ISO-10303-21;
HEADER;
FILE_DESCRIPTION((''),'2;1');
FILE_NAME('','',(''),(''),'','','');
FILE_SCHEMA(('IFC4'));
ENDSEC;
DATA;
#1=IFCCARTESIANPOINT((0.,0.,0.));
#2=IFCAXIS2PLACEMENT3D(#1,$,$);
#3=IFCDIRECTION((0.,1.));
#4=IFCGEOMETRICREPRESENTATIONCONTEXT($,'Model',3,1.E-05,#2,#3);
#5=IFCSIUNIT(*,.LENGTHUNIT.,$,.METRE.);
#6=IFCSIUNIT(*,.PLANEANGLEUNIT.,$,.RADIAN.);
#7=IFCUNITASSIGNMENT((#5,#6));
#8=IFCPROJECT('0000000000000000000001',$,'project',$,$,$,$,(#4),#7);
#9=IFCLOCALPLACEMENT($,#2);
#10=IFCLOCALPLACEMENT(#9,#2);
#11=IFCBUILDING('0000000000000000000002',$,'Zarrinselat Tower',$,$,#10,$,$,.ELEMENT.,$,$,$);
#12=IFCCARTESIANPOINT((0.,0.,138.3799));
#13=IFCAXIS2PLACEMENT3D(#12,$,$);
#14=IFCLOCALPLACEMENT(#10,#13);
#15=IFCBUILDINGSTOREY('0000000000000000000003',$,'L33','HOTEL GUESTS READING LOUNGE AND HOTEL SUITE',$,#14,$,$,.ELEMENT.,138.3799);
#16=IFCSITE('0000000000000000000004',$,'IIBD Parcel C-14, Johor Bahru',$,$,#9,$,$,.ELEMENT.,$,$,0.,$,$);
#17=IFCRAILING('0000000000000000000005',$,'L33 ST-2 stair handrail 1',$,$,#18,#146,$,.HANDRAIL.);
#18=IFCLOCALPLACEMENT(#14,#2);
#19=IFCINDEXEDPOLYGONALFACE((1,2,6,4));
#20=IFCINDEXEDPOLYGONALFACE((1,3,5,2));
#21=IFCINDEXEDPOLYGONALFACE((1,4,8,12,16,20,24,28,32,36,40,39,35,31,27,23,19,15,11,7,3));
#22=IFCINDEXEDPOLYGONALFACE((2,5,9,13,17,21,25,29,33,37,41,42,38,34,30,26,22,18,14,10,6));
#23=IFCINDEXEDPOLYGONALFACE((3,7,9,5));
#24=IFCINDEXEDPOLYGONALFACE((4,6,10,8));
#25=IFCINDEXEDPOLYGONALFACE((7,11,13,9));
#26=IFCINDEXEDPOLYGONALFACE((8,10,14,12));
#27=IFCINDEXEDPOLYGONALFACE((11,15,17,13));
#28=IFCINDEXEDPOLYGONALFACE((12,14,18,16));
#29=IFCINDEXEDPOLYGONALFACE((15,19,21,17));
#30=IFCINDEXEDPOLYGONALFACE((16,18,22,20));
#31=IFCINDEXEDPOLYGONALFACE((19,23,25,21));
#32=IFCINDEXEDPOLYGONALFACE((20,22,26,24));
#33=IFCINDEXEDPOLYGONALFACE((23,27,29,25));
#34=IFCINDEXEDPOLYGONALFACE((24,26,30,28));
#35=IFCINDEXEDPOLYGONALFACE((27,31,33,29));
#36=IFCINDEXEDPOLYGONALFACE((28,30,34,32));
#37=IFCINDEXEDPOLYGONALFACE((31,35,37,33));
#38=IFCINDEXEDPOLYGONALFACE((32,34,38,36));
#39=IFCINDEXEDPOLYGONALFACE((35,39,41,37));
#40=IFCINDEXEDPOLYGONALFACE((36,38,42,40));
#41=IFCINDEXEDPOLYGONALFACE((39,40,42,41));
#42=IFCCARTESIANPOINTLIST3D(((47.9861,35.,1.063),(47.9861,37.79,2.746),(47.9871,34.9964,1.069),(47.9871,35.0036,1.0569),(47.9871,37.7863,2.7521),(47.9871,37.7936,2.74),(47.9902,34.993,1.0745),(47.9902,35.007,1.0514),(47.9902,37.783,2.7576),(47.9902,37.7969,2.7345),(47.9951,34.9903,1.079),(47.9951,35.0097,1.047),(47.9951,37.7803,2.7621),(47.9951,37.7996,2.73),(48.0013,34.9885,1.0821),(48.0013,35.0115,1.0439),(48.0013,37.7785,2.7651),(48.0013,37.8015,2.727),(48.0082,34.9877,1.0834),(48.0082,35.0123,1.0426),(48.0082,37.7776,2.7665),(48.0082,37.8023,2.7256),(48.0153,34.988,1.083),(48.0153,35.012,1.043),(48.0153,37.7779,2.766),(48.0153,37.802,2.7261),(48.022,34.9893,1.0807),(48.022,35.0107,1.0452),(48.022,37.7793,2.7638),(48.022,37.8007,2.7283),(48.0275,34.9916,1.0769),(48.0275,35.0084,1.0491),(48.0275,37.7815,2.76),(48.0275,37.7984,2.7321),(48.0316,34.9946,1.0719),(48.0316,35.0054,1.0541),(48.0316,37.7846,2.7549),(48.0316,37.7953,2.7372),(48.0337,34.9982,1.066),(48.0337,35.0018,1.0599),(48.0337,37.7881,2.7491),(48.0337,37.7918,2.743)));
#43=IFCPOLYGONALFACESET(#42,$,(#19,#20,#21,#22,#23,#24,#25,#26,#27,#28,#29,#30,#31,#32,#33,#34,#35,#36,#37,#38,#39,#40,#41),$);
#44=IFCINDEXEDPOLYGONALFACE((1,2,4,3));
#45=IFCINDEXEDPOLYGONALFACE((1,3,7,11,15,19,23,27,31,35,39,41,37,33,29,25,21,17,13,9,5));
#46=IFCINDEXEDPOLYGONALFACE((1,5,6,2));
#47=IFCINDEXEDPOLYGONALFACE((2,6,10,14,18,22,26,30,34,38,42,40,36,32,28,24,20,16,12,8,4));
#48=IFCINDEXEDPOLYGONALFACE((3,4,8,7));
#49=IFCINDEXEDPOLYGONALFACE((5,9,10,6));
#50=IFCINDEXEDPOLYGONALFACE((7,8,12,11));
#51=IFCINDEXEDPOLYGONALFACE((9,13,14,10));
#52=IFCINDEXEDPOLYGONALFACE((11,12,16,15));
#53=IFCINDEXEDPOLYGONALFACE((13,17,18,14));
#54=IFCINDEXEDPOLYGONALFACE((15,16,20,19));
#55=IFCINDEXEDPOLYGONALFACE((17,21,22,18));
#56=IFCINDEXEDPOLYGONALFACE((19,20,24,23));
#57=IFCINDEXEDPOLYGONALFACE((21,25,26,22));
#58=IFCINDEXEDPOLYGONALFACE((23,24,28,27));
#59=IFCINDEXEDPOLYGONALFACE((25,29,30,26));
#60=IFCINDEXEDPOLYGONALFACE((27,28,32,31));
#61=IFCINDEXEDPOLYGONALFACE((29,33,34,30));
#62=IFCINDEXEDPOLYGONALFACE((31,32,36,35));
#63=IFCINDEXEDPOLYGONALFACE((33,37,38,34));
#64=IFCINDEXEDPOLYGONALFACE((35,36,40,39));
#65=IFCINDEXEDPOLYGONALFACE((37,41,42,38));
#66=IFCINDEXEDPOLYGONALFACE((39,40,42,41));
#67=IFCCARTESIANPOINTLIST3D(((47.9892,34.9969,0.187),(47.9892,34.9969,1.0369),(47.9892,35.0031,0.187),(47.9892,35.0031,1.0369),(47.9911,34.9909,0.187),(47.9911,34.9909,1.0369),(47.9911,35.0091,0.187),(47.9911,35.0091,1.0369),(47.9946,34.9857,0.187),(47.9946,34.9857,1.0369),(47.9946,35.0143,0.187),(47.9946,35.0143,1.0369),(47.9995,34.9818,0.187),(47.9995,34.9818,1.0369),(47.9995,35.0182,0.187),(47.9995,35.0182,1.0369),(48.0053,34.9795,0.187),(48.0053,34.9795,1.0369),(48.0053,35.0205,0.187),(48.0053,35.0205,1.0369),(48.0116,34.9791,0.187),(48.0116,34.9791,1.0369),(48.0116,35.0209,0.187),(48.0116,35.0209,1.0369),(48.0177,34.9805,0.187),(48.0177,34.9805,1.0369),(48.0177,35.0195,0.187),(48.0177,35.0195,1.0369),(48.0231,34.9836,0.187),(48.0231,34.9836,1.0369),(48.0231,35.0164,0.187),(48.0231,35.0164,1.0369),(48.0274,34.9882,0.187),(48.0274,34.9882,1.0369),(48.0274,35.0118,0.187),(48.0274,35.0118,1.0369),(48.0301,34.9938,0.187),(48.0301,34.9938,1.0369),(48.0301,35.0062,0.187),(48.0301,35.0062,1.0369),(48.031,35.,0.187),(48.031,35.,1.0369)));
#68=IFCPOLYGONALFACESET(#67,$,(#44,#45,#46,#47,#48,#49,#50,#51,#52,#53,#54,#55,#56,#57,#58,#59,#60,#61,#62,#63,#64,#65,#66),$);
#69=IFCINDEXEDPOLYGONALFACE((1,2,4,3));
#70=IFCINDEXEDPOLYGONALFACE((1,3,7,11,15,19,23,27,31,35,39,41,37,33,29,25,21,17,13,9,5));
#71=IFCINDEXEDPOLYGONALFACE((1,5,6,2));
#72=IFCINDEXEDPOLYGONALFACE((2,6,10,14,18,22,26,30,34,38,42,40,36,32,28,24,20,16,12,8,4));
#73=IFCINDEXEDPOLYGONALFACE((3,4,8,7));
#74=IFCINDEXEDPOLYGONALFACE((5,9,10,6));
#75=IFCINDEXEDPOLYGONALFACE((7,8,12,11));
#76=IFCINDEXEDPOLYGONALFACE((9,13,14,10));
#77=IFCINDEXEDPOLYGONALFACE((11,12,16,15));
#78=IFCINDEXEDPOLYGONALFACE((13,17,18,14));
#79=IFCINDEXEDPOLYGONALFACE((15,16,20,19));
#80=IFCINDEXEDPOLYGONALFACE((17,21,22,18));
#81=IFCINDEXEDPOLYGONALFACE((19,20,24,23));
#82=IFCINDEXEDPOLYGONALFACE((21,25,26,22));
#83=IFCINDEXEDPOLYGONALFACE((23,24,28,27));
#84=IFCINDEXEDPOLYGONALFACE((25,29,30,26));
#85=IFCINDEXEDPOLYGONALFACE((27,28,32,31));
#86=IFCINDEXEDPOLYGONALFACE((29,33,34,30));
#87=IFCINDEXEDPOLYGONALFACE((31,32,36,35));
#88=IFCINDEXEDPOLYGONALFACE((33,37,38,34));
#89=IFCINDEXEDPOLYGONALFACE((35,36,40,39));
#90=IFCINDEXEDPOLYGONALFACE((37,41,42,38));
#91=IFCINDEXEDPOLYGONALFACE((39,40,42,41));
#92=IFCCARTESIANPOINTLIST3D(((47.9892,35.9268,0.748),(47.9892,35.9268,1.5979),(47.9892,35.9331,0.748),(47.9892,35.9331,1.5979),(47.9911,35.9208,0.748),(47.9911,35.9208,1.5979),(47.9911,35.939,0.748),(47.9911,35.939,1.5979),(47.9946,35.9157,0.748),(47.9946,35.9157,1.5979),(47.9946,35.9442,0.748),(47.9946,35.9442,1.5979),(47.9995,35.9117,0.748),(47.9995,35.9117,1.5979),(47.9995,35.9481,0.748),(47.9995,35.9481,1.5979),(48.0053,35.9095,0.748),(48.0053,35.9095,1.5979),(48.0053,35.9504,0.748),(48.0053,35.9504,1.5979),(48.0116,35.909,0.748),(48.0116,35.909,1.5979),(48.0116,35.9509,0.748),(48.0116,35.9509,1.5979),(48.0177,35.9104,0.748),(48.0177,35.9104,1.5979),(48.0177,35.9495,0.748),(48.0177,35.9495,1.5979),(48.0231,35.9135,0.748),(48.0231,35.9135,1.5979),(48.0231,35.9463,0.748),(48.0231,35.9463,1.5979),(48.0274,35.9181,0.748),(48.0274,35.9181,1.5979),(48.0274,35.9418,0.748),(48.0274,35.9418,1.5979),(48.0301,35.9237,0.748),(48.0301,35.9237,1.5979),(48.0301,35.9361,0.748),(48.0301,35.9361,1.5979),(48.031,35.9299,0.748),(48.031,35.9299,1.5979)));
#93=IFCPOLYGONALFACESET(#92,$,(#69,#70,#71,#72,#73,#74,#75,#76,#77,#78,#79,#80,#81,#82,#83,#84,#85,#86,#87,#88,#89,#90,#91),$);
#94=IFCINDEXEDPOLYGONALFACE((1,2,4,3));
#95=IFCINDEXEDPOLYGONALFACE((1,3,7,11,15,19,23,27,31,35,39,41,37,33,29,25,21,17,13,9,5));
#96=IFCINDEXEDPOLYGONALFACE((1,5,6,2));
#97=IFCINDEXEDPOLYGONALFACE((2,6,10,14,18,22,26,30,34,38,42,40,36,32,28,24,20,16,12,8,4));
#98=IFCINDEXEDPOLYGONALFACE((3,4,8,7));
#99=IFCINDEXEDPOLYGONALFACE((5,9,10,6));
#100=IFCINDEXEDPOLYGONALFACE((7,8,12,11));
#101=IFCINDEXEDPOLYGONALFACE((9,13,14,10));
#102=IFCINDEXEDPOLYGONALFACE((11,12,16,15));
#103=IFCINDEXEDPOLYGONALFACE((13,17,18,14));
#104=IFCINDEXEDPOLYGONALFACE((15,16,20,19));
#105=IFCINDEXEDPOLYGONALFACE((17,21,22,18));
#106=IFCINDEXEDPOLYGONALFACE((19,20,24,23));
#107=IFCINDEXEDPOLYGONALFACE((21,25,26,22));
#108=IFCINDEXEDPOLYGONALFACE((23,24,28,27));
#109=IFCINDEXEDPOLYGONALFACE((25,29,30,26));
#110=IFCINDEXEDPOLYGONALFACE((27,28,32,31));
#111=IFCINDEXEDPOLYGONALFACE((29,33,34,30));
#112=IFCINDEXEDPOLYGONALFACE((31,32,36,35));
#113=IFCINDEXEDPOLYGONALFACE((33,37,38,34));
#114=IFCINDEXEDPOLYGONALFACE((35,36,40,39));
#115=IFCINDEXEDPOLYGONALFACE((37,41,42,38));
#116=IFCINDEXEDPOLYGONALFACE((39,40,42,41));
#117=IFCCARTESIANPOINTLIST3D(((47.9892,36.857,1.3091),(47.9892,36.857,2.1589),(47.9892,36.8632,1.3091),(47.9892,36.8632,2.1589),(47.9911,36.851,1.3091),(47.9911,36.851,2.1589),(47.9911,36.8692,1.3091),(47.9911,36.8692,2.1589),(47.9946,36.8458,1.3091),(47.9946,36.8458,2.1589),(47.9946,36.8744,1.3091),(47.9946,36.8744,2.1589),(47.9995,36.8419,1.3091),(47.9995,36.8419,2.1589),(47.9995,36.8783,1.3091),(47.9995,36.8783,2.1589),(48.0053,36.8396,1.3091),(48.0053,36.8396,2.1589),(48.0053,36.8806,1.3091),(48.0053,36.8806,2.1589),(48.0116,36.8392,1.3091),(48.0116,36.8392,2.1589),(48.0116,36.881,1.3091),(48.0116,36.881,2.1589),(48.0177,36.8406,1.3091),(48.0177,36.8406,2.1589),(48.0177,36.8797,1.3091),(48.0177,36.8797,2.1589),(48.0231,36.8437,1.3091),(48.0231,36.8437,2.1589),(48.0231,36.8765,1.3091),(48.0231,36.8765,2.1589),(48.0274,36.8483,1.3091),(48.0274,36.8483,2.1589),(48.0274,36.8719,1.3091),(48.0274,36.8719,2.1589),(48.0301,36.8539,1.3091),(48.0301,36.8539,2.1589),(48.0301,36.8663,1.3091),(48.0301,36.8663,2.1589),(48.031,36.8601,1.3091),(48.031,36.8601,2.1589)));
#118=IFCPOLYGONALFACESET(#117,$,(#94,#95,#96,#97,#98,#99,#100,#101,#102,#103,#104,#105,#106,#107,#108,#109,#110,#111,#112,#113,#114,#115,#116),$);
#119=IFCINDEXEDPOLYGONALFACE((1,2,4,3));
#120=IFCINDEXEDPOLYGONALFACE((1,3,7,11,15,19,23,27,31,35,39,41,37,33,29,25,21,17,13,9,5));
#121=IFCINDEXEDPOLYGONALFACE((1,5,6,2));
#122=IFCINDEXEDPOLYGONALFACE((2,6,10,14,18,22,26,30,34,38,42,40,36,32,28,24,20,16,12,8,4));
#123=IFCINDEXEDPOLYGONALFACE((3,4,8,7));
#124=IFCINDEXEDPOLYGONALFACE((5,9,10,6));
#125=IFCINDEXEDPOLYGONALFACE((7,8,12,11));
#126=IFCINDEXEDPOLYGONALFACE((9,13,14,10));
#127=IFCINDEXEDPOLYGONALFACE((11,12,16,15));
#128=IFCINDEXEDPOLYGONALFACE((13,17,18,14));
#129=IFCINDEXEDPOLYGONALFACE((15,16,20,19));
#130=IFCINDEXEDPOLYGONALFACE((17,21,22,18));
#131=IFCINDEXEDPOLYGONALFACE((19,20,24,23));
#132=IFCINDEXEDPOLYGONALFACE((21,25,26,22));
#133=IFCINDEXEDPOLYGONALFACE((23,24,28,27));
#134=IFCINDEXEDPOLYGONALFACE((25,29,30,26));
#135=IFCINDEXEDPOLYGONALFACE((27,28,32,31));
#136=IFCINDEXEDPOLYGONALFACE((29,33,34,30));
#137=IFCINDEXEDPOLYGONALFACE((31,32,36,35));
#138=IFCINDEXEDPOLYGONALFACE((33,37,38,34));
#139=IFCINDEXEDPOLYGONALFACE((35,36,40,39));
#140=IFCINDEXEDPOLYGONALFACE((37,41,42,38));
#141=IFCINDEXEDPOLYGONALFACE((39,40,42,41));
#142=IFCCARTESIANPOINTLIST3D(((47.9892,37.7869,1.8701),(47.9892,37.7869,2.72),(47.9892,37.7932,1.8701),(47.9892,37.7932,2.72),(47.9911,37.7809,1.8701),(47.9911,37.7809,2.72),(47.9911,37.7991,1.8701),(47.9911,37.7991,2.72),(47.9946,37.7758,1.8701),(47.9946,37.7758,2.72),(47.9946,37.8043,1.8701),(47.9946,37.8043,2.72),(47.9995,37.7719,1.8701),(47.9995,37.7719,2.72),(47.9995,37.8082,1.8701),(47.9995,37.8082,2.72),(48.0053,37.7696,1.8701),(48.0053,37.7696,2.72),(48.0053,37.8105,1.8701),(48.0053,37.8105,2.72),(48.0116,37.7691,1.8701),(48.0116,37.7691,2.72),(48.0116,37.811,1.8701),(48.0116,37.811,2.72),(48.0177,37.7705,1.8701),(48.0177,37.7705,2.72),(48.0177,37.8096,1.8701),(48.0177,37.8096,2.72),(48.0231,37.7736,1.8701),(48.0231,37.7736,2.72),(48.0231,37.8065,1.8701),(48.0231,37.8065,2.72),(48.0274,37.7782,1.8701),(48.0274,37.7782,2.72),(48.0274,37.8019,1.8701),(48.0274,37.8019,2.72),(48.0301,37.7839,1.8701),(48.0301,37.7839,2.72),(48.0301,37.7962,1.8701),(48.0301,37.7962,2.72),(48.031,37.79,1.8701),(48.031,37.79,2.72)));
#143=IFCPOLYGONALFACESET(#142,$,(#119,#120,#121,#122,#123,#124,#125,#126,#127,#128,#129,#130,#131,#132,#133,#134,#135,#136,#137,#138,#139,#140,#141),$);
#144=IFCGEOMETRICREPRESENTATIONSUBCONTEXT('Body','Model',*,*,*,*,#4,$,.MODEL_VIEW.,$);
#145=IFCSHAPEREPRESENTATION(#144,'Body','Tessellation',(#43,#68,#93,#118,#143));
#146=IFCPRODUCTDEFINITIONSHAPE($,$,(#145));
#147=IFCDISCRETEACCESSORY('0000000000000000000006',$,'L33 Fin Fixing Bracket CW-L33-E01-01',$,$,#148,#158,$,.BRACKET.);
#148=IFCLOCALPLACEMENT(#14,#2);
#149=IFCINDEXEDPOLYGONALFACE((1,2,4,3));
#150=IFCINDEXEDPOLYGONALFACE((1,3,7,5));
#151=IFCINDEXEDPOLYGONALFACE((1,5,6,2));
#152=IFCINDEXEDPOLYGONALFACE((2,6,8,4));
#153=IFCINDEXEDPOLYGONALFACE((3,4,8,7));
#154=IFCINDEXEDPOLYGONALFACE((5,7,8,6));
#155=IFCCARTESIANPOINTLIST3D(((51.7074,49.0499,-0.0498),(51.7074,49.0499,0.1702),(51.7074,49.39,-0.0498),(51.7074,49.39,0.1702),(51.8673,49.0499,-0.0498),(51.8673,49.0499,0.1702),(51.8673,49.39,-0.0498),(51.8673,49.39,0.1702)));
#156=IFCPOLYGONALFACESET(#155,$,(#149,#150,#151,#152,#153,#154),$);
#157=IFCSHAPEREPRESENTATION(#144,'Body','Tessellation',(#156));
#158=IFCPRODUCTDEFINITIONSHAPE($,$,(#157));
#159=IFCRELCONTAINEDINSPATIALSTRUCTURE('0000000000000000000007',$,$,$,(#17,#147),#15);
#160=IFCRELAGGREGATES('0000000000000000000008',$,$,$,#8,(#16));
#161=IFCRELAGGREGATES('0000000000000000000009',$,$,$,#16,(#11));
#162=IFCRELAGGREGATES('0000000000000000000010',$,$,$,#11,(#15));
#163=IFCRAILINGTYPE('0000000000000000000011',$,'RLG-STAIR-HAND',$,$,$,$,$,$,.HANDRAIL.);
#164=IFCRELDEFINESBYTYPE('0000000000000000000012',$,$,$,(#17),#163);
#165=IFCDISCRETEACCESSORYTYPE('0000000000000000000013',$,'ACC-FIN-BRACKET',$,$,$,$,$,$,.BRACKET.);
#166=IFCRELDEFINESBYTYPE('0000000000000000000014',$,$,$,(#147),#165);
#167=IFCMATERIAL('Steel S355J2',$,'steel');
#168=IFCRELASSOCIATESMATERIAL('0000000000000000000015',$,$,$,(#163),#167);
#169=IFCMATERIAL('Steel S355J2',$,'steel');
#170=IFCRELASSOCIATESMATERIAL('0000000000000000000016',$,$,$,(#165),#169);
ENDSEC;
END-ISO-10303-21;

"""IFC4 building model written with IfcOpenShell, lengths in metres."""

from ifc_helpers import new_model, si_unit, direction, frame, origin, origin_2d, place, context, subcontext, project, spatial, rectangle, circle, extrude, material, type_object, element, save


model = new_model("IFC4")

# Units and contexts
model_context = context("Model", 3, precision=1e-05, world=origin(), true_north=direction((0.0, 1.0)))
body_context = subcontext(model_context, "Body", "Model", "MODEL_VIEW")
ifc_project = project(units=[si_unit("LENGTHUNIT", "METRE"), si_unit("PLANEANGLEUNIT", "RADIAN")], contexts=[model_context])

# Site, building, storey
site_placement = place(None, origin())
site = spatial("IfcSite", under=ifc_project, at=site_placement, Name="IIBD Parcel C-14, Johor Bahru", CompositionType="ELEMENT", RefElevation=0.0)
building_placement = place(site_placement, origin())
building = spatial("IfcBuilding", under=site, at=building_placement, Name="Zarrinselat Tower", CompositionType="ELEMENT")
storey_placement = place(building_placement, frame((0.0, 0.0, 138.3799)))
storey = spatial("IfcBuildingStorey", under=building, at=storey_placement, Name="L33", Description="HOTEL GUESTS READING LOUNGE AND HOTEL SUITE", CompositionType="ELEMENT", Elevation=138.3799)

# Railing
ifc_material_1 = material(Name="Steel S355J2", Category="steel")
railing_type = type_object("IfcRailingType", Name="RLG-STAIR-HAND", PredefinedType="HANDRAIL", material=ifc_material_1)
railing_placement = place(storey_placement, frame((48.01, 35.0, 0.187)))
element("IfcRailing", 1, at=railing_placement, inside=storey, type_object=railing_type, Name="L33 ST-2 stair handrail 1", PredefinedType="HANDRAIL", context=body_context, shape_type="SweptSolid", body=[
    extrude(circle(Radius=0.0239, at=origin_2d()), frame((0.0, 0.0, 0.876), z_axis=(0.0, 0.856261, 0.516544), x_axis=(-1.0, 0.0, 0.0)), (0.0, 0.0, 1.0), 3.2583),
    extrude(circle(Radius=0.021, at=origin_2d()), origin(), (0.0, 0.0, 1.0), 0.8499),
    extrude(circle(Radius=0.021, at=origin_2d()), frame((0.0, 0.9299, 0.561)), (0.0, 0.0, 1.0), 0.8499),
    extrude(circle(Radius=0.021, at=origin_2d()), frame((0.0, 1.8601, 1.1221)), (0.0, 0.0, 1.0), 0.8499),
    extrude(circle(Radius=0.021, at=origin_2d()), frame((0.0, 2.79, 1.6831)), (0.0, 0.0, 1.0), 0.8499),
])

# Discrete accessory
ifc_material_2 = material(Name="Steel S355J2", Category="steel")
discrete_accessory_type = type_object("IfcDiscreteAccessoryType", Name="ACC-FIN-BRACKET", PredefinedType="BRACKET", material=ifc_material_2)
discrete_accessory_placement = place(storey_placement, frame((51.7874, 49.22, -0.0498), z_axis=(0.0, 0.0, 1.0), x_axis=(0.0, 1.0, 0.0)))
element("IfcDiscreteAccessory", 2, at=discrete_accessory_placement, inside=storey, type_object=discrete_accessory_type, Name="L33 Fin Fixing Bracket CW-L33-E01-01", PredefinedType="BRACKET", context=body_context, shape_type="SweptSolid", body=[
    extrude(rectangle(XDim=0.3401, YDim=0.1599, at=origin_2d()), origin(), (0.0, 0.0, 1.0), 0.22),
])

save(model, "model.ifc")
